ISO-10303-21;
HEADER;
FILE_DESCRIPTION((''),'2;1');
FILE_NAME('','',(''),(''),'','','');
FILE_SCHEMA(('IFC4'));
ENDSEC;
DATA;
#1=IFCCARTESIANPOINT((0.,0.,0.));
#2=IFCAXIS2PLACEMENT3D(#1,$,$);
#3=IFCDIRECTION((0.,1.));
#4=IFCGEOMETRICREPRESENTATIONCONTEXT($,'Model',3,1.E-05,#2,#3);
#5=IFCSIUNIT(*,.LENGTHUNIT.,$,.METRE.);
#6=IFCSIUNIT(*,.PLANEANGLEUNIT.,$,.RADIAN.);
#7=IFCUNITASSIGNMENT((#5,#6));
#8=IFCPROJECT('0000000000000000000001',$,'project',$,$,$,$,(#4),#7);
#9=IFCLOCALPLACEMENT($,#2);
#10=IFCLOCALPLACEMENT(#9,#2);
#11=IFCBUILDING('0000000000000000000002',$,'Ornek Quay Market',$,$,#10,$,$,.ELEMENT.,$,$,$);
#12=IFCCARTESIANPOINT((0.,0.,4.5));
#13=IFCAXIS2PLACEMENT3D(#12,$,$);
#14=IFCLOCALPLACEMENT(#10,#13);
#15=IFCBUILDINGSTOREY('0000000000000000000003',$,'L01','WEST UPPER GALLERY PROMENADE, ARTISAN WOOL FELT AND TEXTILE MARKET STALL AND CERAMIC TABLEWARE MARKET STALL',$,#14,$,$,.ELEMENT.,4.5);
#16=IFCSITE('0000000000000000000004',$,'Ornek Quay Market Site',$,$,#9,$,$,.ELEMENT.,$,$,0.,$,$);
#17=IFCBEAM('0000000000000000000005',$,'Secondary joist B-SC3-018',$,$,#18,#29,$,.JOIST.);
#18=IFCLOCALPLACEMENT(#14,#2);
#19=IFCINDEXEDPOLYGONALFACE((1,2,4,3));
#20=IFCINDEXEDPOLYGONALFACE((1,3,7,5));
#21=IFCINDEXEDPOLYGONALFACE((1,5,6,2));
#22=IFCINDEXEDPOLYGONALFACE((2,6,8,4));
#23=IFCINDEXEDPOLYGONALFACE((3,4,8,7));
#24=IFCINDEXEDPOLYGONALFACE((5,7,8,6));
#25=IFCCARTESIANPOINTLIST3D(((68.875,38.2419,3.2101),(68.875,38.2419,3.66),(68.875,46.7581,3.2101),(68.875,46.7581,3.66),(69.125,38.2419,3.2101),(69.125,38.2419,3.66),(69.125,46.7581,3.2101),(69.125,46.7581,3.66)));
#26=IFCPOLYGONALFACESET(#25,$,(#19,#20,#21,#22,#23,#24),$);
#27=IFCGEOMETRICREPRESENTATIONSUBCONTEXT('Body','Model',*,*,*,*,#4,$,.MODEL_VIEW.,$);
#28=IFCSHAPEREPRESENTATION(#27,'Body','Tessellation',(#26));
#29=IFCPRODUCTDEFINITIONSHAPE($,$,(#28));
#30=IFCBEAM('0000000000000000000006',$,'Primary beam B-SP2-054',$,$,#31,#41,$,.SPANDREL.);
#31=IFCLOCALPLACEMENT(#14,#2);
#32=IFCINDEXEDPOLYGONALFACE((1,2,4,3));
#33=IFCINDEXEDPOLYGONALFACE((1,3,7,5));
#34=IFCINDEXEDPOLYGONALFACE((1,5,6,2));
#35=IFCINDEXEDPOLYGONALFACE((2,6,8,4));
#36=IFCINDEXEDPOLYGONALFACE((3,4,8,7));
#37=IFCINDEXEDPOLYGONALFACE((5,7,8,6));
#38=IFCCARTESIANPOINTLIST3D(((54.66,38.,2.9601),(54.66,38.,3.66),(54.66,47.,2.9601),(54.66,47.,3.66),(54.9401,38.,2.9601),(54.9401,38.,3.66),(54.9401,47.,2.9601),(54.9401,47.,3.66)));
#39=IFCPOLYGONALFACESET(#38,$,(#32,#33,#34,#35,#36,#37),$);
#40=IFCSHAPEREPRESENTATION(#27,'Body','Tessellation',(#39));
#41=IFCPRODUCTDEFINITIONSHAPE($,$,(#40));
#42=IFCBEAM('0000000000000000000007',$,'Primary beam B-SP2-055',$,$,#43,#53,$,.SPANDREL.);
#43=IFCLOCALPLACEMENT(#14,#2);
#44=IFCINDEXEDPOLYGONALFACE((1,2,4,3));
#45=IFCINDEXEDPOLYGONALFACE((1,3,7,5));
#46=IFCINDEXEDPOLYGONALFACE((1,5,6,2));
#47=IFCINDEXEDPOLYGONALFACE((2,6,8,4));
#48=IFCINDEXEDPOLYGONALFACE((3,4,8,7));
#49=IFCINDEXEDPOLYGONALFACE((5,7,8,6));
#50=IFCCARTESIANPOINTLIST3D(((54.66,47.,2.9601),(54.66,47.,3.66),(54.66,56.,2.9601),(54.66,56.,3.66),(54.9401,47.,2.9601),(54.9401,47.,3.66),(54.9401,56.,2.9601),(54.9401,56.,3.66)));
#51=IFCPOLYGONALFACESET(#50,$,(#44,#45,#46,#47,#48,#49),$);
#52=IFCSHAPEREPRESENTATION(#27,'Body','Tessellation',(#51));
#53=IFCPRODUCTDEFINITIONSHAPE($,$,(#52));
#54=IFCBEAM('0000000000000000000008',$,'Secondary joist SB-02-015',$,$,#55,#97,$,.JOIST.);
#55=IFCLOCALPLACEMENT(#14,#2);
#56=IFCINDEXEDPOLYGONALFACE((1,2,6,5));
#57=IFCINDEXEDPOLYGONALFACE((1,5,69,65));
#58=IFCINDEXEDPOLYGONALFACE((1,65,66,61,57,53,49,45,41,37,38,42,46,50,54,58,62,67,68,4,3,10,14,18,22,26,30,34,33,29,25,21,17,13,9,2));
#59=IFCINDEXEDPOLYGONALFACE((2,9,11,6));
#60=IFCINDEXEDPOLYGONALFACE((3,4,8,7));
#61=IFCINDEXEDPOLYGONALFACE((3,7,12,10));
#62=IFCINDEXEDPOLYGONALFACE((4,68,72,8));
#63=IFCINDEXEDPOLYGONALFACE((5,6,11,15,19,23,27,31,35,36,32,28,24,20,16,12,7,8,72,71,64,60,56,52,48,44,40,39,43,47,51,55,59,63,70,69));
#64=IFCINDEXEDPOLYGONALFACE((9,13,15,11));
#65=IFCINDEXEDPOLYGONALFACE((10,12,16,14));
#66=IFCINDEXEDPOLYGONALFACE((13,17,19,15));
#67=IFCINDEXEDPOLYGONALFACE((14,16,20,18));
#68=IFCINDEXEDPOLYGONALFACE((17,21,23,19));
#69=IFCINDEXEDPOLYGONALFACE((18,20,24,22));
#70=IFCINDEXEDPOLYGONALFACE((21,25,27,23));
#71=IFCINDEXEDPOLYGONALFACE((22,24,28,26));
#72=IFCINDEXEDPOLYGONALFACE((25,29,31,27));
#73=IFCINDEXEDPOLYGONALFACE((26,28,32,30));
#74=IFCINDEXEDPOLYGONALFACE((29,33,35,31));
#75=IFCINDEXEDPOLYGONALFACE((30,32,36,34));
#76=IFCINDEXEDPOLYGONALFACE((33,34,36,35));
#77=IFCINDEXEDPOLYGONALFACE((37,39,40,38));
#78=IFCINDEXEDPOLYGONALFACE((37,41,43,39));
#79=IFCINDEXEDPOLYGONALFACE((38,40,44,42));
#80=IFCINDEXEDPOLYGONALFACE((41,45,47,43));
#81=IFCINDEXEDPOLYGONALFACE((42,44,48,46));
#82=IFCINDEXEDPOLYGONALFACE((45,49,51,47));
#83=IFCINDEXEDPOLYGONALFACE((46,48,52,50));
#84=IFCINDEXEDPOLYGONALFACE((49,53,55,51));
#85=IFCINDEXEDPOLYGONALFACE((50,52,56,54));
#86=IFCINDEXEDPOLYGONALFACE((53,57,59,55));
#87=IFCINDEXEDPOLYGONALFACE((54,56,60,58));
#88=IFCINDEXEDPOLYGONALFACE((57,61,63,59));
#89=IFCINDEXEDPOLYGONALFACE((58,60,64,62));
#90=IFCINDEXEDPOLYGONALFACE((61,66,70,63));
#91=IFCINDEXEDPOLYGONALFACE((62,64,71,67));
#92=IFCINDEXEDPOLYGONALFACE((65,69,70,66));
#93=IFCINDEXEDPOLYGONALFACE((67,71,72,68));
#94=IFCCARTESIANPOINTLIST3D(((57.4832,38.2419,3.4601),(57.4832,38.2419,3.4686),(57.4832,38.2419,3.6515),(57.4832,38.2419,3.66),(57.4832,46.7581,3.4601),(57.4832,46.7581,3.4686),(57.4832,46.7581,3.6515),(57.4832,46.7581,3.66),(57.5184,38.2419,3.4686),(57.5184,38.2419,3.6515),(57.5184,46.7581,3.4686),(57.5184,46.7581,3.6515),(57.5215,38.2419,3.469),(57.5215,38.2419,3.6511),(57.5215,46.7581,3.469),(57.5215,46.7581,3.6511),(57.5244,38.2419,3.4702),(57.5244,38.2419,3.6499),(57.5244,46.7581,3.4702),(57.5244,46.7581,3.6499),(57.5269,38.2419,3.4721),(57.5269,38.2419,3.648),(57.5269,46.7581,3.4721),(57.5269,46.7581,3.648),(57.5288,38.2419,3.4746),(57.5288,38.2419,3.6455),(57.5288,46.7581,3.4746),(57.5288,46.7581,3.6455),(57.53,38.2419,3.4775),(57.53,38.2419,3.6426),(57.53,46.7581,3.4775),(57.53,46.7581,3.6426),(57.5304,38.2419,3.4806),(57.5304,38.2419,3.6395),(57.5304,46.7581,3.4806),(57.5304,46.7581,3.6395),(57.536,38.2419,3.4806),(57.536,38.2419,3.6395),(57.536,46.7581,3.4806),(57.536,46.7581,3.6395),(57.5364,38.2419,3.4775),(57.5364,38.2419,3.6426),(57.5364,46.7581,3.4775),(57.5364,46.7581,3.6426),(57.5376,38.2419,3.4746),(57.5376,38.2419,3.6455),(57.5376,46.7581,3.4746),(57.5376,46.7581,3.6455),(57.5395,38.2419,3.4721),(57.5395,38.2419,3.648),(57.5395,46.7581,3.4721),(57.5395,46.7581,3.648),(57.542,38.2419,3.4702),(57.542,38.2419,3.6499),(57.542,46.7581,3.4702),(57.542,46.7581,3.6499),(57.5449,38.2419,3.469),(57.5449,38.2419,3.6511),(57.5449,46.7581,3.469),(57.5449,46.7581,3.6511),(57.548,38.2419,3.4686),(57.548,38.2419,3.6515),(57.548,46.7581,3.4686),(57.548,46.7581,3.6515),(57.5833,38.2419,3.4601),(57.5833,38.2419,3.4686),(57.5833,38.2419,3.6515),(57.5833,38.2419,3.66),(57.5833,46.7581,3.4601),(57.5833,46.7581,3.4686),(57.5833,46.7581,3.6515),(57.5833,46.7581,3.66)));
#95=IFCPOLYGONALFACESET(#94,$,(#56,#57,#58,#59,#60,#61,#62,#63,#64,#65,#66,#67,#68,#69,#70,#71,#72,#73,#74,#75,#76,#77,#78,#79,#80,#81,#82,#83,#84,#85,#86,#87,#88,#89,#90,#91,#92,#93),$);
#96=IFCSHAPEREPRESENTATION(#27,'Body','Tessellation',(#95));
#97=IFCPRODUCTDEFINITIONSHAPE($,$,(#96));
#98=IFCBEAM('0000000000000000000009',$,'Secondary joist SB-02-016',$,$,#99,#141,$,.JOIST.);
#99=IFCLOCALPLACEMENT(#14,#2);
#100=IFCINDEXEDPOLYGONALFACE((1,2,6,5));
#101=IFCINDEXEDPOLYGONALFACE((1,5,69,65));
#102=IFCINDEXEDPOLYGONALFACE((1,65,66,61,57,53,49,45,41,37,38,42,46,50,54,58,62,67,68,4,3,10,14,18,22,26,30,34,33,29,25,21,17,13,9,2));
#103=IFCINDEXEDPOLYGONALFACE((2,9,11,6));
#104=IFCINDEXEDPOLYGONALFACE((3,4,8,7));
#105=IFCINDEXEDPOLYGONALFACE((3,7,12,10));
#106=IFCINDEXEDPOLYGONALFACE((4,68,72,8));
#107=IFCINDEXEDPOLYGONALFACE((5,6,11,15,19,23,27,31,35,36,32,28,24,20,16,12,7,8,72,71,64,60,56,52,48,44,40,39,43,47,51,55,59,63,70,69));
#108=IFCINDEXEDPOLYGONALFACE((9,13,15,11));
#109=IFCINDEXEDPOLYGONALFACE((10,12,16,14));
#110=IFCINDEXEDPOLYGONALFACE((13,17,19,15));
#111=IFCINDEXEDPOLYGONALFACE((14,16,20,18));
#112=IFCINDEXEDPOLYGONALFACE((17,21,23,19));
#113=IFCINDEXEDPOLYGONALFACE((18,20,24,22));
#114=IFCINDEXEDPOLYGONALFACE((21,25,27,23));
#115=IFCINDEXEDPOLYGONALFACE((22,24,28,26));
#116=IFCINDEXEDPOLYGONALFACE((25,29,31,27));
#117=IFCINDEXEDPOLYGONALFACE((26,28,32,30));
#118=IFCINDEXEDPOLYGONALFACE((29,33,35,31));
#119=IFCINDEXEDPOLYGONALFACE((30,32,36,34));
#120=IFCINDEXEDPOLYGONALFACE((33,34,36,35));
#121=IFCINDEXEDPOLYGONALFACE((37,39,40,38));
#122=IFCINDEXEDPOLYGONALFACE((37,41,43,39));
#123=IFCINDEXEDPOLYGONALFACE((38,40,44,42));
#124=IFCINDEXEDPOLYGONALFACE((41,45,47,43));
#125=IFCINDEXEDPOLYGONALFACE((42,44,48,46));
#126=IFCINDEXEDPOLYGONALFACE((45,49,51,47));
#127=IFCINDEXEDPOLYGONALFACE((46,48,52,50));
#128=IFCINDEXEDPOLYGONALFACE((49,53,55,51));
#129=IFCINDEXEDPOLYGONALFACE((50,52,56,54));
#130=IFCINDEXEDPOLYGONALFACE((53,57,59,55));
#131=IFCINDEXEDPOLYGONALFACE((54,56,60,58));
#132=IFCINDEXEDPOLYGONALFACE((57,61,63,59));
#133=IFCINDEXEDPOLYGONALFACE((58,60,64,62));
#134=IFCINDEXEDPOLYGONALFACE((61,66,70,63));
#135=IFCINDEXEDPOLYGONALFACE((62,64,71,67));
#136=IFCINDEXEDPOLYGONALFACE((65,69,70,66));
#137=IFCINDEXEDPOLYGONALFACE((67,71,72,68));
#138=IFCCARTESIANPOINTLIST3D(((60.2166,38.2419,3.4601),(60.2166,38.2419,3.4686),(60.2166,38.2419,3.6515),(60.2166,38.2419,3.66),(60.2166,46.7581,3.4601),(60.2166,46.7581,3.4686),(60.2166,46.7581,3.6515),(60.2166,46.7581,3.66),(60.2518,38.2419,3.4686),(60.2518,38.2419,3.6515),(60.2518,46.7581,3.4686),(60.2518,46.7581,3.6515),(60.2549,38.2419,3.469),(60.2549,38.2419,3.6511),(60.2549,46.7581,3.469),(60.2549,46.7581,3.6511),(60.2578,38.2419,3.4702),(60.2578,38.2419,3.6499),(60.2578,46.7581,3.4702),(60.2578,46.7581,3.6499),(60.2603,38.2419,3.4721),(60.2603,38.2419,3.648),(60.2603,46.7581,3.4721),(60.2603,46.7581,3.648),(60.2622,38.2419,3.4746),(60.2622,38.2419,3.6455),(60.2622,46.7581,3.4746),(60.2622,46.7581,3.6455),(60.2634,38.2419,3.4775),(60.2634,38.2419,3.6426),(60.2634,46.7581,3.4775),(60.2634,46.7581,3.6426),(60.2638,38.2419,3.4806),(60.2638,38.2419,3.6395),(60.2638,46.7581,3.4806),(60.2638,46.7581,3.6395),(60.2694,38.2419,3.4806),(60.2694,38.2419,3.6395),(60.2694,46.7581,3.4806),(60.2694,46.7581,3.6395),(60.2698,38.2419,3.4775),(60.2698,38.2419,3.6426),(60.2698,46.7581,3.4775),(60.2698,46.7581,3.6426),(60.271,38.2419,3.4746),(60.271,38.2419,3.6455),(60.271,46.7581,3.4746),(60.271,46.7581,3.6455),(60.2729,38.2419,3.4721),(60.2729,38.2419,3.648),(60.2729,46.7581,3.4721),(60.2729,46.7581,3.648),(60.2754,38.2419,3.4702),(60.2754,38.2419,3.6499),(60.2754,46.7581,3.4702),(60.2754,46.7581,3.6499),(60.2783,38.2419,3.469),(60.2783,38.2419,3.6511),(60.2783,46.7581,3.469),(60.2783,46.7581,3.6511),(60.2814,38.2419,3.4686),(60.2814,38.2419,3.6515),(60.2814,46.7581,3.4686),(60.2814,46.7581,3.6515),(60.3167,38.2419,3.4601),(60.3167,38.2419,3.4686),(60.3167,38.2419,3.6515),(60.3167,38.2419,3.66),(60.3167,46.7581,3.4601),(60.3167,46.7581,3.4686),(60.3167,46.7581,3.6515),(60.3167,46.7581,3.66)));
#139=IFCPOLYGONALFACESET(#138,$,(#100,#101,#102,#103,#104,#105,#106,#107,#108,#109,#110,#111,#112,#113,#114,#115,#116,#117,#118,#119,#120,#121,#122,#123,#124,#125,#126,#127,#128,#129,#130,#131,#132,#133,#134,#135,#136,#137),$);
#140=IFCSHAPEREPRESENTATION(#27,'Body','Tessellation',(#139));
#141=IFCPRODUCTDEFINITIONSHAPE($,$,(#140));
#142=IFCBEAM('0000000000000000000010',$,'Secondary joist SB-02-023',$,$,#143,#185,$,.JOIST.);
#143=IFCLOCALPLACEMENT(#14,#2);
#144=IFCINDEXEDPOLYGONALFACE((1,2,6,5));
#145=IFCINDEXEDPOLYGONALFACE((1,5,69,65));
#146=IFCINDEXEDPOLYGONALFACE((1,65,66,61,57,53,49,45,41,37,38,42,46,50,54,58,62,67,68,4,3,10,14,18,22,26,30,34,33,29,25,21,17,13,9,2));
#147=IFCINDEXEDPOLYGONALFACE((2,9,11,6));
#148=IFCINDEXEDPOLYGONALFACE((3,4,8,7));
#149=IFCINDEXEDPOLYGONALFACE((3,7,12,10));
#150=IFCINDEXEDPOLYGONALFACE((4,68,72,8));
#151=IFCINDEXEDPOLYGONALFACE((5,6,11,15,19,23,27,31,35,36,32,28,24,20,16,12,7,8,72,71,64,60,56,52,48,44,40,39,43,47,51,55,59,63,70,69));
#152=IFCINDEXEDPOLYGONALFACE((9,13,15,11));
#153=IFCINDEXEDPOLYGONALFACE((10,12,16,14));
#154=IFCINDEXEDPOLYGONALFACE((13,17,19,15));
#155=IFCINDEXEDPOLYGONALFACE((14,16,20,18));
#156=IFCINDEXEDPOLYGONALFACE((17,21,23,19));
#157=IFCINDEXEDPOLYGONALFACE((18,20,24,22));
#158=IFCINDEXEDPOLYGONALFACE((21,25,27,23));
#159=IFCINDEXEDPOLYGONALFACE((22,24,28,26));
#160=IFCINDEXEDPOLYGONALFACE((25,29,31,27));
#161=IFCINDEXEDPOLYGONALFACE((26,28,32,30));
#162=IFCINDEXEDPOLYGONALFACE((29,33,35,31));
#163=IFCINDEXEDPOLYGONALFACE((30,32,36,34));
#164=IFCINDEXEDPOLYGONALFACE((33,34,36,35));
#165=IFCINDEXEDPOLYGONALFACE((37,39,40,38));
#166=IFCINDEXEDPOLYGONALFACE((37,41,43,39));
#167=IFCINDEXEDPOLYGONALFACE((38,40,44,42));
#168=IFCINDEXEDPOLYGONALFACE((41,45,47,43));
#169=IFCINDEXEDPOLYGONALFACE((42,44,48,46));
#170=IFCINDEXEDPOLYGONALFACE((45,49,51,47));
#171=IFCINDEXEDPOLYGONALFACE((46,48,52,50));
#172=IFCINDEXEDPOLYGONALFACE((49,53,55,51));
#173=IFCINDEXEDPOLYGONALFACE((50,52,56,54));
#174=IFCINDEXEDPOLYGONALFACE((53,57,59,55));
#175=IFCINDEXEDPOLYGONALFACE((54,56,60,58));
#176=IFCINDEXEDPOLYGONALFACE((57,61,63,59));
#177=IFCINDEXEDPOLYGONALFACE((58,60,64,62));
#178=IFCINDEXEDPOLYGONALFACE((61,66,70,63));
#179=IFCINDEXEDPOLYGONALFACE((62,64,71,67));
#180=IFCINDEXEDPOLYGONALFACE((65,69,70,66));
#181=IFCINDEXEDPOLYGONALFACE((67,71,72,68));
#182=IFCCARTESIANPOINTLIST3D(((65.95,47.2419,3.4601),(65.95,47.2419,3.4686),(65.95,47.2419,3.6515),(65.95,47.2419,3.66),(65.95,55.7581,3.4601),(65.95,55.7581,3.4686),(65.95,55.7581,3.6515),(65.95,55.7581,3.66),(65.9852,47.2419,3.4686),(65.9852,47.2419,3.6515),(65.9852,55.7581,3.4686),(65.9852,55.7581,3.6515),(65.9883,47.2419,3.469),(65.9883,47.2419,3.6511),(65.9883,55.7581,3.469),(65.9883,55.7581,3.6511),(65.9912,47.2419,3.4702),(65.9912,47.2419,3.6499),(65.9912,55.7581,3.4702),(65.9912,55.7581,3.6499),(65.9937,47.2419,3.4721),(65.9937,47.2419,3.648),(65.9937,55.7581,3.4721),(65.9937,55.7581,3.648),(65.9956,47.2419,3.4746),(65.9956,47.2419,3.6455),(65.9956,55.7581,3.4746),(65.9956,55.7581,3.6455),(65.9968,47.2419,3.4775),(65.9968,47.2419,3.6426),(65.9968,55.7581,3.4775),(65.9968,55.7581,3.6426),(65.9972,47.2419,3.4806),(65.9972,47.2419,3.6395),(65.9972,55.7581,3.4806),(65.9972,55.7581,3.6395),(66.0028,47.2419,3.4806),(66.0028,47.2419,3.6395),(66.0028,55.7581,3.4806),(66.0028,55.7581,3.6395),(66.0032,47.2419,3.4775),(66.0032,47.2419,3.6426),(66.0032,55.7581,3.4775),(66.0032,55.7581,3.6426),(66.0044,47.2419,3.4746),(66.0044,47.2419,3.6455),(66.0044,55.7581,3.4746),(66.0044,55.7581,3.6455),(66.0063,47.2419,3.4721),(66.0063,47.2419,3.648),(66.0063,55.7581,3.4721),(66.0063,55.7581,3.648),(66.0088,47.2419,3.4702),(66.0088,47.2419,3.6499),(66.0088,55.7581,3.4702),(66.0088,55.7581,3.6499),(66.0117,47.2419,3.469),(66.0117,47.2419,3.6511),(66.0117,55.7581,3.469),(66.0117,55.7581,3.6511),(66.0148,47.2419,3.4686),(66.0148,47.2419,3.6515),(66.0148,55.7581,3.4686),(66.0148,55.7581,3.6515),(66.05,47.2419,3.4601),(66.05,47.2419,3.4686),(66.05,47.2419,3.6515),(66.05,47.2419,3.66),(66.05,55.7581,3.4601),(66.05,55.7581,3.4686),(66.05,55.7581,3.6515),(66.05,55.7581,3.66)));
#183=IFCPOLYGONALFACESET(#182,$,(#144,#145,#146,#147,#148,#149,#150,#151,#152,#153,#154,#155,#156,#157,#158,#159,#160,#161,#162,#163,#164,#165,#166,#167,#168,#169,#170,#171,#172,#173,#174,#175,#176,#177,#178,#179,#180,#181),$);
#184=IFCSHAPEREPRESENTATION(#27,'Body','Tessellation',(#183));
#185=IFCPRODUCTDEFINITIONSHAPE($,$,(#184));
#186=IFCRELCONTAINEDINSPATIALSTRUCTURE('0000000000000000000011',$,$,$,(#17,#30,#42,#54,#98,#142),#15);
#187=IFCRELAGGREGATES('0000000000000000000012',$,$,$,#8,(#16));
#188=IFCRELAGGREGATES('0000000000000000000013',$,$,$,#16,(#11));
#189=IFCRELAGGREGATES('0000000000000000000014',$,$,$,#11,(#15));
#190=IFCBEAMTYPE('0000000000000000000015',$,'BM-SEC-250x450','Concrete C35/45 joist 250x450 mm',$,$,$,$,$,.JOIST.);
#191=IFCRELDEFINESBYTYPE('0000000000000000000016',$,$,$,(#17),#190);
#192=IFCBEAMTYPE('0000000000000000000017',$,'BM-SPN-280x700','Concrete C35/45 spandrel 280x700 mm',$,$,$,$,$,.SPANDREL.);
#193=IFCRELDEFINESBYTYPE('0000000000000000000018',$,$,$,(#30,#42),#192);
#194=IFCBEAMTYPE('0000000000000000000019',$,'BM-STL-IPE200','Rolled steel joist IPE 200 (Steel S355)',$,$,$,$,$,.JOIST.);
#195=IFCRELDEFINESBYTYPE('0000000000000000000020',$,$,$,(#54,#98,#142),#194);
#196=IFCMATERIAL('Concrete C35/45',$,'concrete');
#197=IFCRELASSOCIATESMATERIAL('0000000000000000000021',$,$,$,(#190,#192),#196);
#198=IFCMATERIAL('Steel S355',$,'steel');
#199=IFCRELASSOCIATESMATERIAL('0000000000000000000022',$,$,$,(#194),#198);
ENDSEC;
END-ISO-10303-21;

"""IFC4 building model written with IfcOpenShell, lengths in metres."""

from ifc_helpers import new_model, si_unit, direction, frame, origin, origin_2d, place, context, subcontext, project, spatial, rectangle, i_section, extrude, material, material_profile, profile_set, type_object, element, save


model = new_model("IFC4")

# Units and contexts
model_context = context("Model", 3, precision=1e-05, world=origin(), true_north=direction((0.0, 1.0)))
body_context = subcontext(model_context, "Body", "Model", "MODEL_VIEW")
ifc_project = project(units=[si_unit("LENGTHUNIT", "METRE"), si_unit("PLANEANGLEUNIT", "RADIAN")], contexts=[model_context])

# Site, building, storey
site_placement = place(None, origin())
site = spatial("IfcSite", under=ifc_project, at=site_placement, Name="Ornek Quay Market Site", CompositionType="ELEMENT", RefElevation=0.0)
building_placement = place(site_placement, origin())
building = spatial("IfcBuilding", under=site, at=building_placement, Name="Ornek Quay Market", CompositionType="ELEMENT")
storey_placement = place(building_placement, frame((0.0, 0.0, 4.5)))
storey = spatial("IfcBuildingStorey", under=building, at=storey_placement, Name="L01", Description="WEST UPPER GALLERY PROMENADE, ARTISAN WOOL FELT AND TEXTILE MARKET STALL AND CERAMIC TABLEWARE MARKET STALL", CompositionType="ELEMENT", Elevation=4.5)

# Beams
ifc_material_1 = material(Name="Concrete C35/45", Category="concrete")
ifc_material_profile_1 = material_profile(ifc_material_1, rectangle(XDim=0.25, YDim=0.45, at=origin_2d()), Name="RC 250x450", Category="concrete")
ifc_profile_set_1 = profile_set([ifc_material_profile_1], Name="Concrete C35/45")
beam_type_1 = type_object("IfcBeamType", Name="BM-SEC-250x450", Description="Concrete C35/45 joist 250x450 mm", PredefinedType="JOIST", material=ifc_profile_set_1)
for number, where, z_axis, x_axis, name in (
    (1, (69.0, 38.2419, 3.4351), (0.0, 1.0, 0.0), (-1.0, 0.0, 0.0), "Secondary joist B-SC3-018"),
):
    element("IfcBeam", number, at=place(storey_placement, frame(where, z_axis=z_axis, x_axis=x_axis)), inside=storey, type_object=beam_type_1, Name=name, PredefinedType="JOIST", context=body_context, shape_type="SweptSolid", body=[
        extrude(rectangle(XDim=0.25, YDim=0.45, at=origin_2d()), origin(), (0.0, 0.0, 1.0), 8.5161),
    ])
ifc_material_profile_2 = material_profile(ifc_material_1, rectangle(XDim=0.28, YDim=0.7, at=origin_2d()), Name="RC 280x700", Category="concrete")
ifc_profile_set_2 = profile_set([ifc_material_profile_2], Name="Concrete C35/45")
beam_type_2 = type_object("IfcBeamType", Name="BM-SPN-280x700", Description="Concrete C35/45 spandrel 280x700 mm", PredefinedType="SPANDREL", material=ifc_profile_set_2)
for number, where, z_axis, x_axis, name in (
    (2, (54.8, 38.0, 3.3101), (0.0, 1.0, 0.0), (-1.0, 0.0, 0.0), "Primary beam B-SP2-054"),
    (3, (54.8, 47.0, 3.3101), (0.0, 1.0, 0.0), (-1.0, 0.0, 0.0), "Primary beam B-SP2-055"),
):
    element("IfcBeam", number, at=place(storey_placement, frame(where, z_axis=z_axis, x_axis=x_axis)), inside=storey, type_object=beam_type_2, Name=name, PredefinedType="SPANDREL", context=body_context, shape_type="SweptSolid", body=[
        extrude(rectangle(XDim=0.28, YDim=0.7, at=origin_2d()), origin(), (0.0, 0.0, 1.0), 9.0),
    ])
ifc_material_2 = material(Name="Steel S355", Category="steel")
ifc_material_profile_3 = material_profile(ifc_material_2, i_section(OverallWidth=0.1001, OverallDepth=0.2, WebThickness=0.0056, FlangeThickness=0.0085, FilletRadius=0.012, at=origin_2d()), Name="IPE 200", Category="steel")
ifc_profile_set_3 = profile_set([ifc_material_profile_3], Name="Steel S355")
beam_type_3 = type_object("IfcBeamType", Name="BM-STL-IPE200", Description="Rolled steel joist IPE 200 (Steel S355)", PredefinedType="JOIST", material=ifc_profile_set_3)
for number, where, z_axis, x_axis, name in (
    (4, (57.5332, 38.2419, 3.5601), (0.0, 1.0, 0.0), (-1.0, 0.0, 0.0), "Secondary joist SB-02-015"),
    (5, (60.2666, 38.2419, 3.5601), (0.0, 1.0, 0.0), (-1.0, 0.0, 0.0), "Secondary joist SB-02-016"),
    (6, (66.0, 47.2419, 3.5601), (0.0, 1.0, 0.0), (-1.0, 0.0, 0.0), "Secondary joist SB-02-023"),
):
    element("IfcBeam", number, at=place(storey_placement, frame(where, z_axis=z_axis, x_axis=x_axis)), inside=storey, type_object=beam_type_3, Name=name, PredefinedType="JOIST", context=body_context, shape_type="SweptSolid", body=[
        extrude(i_section(OverallWidth=0.1001, OverallDepth=0.2, WebThickness=0.0056, FlangeThickness=0.0085, FilletRadius=0.012, at=origin_2d()), origin(), (0.0, 0.0, 1.0), 8.5161),
    ])

save(model, "model.ifc")
